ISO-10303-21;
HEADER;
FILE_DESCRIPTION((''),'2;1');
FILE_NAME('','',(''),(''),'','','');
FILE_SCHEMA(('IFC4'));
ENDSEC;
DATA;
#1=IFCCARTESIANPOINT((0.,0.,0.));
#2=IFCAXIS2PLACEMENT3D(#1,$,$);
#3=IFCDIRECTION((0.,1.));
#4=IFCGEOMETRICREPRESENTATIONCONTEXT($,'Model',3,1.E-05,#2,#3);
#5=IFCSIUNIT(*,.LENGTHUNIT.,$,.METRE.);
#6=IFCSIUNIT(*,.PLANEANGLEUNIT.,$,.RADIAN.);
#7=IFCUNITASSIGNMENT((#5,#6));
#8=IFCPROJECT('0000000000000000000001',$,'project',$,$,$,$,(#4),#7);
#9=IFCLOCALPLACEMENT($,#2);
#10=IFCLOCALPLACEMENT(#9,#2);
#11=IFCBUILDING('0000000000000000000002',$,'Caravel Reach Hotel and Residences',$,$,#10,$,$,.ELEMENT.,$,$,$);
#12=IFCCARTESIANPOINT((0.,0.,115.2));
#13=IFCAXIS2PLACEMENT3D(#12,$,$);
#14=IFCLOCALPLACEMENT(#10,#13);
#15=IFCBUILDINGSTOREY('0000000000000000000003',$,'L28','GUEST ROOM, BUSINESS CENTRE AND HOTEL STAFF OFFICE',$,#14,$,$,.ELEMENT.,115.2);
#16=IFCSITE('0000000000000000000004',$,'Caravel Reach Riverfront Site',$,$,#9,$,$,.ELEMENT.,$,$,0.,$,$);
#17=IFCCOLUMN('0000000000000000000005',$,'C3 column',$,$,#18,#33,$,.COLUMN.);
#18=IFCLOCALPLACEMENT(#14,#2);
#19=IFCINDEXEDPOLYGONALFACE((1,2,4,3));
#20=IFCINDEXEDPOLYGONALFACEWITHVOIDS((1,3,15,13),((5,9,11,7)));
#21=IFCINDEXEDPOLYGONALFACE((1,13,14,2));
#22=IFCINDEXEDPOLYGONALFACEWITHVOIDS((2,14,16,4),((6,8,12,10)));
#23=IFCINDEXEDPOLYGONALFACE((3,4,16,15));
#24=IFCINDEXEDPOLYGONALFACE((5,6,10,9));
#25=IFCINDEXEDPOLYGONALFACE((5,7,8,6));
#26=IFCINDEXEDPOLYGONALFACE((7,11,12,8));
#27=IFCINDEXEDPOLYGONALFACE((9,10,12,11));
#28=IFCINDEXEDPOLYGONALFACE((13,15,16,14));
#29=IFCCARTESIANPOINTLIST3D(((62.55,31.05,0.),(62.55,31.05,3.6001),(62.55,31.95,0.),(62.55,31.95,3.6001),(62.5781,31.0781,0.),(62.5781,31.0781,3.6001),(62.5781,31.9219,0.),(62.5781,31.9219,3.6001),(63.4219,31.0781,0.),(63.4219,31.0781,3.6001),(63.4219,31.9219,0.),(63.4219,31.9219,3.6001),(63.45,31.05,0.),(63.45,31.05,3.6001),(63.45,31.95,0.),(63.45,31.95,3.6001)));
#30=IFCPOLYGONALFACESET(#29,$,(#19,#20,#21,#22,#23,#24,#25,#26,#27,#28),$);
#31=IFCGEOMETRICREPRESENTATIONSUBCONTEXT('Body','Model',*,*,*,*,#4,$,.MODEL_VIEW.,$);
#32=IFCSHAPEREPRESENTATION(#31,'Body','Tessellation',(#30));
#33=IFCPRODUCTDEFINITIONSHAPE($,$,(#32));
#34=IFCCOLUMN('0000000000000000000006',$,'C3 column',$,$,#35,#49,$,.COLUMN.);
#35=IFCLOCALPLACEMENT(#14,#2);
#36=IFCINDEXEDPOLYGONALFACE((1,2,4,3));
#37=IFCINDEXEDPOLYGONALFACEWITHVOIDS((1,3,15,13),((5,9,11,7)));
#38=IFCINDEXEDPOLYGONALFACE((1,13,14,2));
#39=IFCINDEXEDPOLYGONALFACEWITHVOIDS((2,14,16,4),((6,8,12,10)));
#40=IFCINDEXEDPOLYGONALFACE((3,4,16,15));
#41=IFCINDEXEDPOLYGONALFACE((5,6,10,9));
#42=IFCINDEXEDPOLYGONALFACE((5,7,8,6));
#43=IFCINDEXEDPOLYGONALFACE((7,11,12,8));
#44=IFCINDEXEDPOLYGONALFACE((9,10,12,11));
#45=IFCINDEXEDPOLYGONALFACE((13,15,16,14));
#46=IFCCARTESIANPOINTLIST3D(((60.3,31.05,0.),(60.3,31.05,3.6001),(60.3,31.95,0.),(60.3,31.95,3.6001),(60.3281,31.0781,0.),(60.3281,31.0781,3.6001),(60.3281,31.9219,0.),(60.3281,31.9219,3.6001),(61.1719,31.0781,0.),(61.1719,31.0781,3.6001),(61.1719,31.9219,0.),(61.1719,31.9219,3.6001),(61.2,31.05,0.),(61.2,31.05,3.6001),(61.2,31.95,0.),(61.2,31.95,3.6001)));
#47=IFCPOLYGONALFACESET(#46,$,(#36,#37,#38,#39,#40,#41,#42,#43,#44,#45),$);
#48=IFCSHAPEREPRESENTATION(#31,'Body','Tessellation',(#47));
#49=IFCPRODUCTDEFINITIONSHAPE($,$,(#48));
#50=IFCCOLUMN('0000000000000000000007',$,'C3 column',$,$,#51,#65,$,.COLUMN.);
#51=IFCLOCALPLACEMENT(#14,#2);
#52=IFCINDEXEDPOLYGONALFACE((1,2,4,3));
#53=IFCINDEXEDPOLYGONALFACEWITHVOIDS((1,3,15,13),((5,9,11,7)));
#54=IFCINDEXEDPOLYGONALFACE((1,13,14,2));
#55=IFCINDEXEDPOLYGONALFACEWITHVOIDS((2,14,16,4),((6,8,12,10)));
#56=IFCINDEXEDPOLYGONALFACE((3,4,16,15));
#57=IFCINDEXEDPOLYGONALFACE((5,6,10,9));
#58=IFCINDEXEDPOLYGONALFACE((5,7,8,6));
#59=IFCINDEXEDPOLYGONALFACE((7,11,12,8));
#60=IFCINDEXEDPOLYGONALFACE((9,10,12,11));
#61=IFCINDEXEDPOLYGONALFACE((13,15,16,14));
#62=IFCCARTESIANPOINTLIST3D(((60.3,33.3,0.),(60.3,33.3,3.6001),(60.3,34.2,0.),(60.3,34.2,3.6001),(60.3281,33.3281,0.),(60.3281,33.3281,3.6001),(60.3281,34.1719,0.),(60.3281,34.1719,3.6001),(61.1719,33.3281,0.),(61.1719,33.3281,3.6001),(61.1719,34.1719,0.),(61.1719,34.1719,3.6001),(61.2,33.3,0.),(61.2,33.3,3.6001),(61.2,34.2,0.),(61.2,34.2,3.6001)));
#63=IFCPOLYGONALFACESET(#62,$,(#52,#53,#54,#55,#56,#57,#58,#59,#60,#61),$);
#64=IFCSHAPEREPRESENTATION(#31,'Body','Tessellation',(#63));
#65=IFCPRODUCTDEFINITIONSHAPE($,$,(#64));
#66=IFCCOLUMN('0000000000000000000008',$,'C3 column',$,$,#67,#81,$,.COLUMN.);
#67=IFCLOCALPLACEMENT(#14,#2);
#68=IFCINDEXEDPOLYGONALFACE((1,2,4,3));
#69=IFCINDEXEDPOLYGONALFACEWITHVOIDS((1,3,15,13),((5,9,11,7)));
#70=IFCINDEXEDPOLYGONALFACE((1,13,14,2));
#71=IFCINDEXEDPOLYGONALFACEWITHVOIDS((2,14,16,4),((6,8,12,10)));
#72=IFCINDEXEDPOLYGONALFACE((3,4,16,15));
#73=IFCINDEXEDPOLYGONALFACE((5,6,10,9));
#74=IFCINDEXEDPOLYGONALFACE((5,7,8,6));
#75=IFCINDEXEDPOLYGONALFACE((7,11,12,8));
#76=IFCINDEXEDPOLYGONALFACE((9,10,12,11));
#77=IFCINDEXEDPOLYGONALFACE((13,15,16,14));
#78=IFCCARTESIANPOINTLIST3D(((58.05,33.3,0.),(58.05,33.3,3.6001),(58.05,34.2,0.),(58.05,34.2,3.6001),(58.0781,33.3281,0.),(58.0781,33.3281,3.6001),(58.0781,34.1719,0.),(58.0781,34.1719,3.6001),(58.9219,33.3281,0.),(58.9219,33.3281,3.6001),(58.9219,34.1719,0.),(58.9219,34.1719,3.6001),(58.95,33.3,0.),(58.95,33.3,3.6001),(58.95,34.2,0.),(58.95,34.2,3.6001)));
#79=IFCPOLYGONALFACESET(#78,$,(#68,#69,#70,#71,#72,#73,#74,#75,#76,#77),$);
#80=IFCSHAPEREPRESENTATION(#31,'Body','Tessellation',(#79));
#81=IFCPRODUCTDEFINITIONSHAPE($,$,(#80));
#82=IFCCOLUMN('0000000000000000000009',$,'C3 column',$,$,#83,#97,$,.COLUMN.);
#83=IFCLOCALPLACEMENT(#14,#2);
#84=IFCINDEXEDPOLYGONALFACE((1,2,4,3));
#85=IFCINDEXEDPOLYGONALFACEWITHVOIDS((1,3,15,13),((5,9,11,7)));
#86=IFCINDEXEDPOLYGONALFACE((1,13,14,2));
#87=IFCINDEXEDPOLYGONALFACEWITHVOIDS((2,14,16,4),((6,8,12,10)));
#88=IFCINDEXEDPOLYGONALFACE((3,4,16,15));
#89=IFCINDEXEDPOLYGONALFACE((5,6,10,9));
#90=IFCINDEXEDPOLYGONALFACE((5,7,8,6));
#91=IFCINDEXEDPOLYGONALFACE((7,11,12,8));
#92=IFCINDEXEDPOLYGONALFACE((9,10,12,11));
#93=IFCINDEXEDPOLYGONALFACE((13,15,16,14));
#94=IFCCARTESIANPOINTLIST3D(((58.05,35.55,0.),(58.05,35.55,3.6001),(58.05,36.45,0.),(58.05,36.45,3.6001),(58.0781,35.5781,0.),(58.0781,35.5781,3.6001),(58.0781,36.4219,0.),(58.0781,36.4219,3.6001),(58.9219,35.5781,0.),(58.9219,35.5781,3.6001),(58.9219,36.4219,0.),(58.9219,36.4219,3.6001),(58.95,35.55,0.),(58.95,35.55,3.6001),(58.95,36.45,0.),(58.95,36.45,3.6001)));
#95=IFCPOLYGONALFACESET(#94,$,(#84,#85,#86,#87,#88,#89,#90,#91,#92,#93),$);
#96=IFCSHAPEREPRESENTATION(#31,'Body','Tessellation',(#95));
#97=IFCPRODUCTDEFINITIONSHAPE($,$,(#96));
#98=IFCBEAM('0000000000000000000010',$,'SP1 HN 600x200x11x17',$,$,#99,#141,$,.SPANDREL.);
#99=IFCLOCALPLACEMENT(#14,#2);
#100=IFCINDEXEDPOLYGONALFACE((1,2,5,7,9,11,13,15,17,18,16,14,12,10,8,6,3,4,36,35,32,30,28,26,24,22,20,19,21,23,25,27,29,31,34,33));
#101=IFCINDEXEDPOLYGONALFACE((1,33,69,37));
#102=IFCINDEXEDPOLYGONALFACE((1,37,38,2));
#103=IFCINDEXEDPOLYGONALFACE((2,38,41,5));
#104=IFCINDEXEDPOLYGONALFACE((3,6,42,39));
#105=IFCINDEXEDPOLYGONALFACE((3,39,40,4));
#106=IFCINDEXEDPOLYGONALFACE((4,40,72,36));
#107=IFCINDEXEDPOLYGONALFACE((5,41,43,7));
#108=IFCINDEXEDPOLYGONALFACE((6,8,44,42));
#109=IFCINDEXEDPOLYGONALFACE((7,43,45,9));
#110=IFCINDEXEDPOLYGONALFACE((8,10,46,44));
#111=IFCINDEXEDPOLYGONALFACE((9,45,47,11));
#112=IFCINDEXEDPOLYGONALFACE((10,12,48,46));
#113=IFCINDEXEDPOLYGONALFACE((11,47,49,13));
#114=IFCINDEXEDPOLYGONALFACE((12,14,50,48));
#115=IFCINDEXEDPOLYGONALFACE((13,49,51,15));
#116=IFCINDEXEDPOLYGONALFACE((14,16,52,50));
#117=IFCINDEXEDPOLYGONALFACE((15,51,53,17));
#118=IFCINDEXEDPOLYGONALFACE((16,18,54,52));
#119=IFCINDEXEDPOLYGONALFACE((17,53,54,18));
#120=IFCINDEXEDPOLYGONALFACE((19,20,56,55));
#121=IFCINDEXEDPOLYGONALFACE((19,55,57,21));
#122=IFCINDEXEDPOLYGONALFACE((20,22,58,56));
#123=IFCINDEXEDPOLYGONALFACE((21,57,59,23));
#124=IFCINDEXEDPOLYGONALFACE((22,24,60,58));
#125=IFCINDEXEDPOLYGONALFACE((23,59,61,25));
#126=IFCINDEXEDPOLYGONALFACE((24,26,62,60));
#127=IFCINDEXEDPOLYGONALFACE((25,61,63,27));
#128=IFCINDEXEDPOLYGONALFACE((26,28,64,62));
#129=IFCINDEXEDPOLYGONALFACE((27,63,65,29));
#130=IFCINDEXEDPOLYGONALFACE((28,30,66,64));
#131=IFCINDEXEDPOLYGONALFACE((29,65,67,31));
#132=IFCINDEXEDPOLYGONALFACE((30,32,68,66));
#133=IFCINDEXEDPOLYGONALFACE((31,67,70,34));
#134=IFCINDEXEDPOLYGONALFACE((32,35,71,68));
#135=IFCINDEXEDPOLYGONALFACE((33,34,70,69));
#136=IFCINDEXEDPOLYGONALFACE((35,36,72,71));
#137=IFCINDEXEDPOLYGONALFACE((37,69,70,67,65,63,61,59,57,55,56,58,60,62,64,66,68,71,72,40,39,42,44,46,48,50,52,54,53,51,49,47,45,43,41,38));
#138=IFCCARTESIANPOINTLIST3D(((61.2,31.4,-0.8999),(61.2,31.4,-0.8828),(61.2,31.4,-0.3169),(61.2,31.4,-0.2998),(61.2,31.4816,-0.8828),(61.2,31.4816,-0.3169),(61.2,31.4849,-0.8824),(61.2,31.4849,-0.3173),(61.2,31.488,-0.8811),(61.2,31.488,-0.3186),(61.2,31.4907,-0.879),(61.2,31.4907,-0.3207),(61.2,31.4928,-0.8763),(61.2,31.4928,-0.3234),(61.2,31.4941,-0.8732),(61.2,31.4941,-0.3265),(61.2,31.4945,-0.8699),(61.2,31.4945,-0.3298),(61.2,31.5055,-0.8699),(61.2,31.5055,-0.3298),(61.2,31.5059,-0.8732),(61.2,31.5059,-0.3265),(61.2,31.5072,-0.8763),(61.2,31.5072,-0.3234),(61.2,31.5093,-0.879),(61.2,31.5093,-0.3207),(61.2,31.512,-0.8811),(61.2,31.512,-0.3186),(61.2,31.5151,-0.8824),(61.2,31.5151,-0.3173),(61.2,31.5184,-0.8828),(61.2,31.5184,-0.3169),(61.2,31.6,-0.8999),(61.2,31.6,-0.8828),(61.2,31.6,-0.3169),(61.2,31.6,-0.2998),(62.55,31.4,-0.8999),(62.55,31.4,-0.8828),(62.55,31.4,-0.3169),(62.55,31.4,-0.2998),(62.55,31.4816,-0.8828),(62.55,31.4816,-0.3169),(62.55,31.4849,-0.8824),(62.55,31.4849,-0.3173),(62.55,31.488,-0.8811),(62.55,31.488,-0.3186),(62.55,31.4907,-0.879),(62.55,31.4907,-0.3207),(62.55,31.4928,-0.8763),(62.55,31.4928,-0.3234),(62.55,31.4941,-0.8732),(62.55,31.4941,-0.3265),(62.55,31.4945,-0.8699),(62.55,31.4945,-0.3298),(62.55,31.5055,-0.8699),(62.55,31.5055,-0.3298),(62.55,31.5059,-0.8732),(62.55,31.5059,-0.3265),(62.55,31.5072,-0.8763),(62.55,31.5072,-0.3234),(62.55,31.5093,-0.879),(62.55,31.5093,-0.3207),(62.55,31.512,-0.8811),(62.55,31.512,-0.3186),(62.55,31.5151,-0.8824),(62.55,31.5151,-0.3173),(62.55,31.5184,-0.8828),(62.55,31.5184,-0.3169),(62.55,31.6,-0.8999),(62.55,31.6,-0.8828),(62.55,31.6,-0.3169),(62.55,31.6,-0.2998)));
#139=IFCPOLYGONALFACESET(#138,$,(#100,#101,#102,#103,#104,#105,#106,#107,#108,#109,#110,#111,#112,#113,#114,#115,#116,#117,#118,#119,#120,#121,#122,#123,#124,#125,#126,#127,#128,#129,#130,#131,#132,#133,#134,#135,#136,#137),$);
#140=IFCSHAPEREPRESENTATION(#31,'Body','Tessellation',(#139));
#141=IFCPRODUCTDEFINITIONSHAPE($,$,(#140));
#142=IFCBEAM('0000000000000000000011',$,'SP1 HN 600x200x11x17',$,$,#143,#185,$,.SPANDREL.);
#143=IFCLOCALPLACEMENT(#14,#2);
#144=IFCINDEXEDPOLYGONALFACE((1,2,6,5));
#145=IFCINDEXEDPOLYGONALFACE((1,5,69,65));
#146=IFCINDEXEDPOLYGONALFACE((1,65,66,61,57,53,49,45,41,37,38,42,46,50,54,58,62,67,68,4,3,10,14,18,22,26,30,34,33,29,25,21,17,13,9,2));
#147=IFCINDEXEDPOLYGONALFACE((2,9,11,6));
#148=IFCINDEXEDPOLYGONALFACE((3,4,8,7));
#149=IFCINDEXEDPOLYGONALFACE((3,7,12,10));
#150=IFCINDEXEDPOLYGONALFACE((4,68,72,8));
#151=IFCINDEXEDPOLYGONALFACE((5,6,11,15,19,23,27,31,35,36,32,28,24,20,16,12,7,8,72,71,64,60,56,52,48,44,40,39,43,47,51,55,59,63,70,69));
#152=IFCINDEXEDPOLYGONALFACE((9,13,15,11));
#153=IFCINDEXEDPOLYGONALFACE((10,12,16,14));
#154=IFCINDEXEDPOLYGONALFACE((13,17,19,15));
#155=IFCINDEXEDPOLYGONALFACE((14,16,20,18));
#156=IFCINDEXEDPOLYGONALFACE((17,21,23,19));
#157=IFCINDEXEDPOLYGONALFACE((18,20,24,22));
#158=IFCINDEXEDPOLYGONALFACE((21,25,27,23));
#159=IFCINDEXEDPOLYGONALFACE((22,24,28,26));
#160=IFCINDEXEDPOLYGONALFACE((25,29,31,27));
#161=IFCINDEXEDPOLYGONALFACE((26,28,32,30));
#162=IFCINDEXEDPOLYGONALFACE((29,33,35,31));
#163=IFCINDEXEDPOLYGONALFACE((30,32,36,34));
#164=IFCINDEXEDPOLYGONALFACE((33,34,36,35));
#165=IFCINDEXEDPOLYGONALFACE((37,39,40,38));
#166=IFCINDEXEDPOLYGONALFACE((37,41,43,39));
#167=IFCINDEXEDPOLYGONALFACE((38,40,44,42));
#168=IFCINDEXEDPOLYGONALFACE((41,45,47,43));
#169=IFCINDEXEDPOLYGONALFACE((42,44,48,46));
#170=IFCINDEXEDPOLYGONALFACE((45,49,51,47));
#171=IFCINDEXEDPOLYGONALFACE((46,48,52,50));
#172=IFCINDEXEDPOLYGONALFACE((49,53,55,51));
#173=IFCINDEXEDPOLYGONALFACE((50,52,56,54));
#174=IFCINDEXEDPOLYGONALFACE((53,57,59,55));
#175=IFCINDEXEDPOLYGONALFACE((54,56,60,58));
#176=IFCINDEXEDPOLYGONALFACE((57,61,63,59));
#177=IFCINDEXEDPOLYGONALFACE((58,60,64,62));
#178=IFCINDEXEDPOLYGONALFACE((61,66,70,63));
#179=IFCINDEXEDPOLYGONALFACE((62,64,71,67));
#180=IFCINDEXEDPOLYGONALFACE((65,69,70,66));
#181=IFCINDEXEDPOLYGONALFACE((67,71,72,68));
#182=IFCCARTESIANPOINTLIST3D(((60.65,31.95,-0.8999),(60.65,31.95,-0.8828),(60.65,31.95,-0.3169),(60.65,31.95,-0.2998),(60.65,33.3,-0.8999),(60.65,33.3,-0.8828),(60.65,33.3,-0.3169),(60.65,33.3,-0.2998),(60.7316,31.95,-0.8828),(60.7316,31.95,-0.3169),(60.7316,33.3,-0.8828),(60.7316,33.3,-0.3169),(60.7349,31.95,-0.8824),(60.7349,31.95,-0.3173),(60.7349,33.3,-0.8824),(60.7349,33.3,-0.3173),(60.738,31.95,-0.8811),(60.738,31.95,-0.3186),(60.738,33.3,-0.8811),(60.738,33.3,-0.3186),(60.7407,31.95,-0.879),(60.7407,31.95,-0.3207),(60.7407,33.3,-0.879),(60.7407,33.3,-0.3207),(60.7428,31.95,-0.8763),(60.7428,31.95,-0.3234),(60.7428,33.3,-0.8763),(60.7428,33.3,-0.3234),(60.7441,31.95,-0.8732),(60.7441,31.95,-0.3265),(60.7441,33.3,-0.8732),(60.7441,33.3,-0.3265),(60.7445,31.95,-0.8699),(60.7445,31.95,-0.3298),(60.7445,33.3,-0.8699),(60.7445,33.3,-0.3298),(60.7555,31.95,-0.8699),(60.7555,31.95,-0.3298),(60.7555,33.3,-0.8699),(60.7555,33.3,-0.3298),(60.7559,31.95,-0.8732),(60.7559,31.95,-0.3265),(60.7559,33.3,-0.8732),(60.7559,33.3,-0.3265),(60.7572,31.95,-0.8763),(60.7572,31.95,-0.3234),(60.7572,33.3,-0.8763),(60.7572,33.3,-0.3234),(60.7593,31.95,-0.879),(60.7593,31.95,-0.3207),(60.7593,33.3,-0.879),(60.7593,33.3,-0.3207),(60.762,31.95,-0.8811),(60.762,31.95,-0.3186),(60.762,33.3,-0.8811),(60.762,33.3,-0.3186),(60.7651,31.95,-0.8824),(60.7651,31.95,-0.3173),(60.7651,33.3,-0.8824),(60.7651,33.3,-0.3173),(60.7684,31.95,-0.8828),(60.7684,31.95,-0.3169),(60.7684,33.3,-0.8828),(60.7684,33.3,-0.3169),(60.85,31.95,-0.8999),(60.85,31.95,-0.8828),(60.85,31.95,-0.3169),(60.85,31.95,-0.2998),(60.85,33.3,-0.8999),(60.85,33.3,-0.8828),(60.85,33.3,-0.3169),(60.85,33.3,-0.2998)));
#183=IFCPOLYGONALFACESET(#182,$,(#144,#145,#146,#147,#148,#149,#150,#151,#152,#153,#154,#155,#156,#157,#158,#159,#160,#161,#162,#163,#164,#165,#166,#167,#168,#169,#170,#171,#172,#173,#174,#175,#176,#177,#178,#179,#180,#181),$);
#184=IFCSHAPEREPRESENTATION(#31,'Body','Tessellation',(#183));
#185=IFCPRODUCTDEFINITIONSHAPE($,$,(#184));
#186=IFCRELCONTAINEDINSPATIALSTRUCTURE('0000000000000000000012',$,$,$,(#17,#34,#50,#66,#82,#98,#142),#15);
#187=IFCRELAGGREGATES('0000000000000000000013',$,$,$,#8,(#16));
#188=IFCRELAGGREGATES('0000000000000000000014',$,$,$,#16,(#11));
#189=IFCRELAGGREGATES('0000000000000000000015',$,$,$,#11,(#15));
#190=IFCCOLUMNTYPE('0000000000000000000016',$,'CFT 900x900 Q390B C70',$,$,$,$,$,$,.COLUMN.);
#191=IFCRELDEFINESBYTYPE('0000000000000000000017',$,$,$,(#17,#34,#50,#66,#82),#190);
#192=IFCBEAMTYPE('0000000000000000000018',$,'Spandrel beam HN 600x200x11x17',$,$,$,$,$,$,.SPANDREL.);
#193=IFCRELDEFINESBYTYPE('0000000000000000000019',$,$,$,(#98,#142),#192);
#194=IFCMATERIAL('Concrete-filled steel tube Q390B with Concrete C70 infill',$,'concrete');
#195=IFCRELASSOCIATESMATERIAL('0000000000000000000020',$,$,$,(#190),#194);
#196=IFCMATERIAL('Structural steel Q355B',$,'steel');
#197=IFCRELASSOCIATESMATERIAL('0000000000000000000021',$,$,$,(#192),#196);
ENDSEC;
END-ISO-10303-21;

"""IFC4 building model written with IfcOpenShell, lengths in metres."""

from ifc_helpers import new_model, si_unit, direction, frame, origin, origin_2d, place, context, subcontext, project, spatial, hollow_rectangle, i_section, extrude, material, material_profile, profile_set, type_object, element, save


model = new_model("IFC4")

# Units and contexts
model_context = context("Model", 3, precision=1e-05, world=origin(), true_north=direction((0.0, 1.0)))
body_context = subcontext(model_context, "Body", "Model", "MODEL_VIEW")
ifc_project = project(units=[si_unit("LENGTHUNIT", "METRE"), si_unit("PLANEANGLEUNIT", "RADIAN")], contexts=[model_context])

# Site, building, storey
site_placement = place(None, origin())
site = spatial("IfcSite", under=ifc_project, at=site_placement, Name="Caravel Reach Riverfront Site", CompositionType="ELEMENT", RefElevation=0.0)
building_placement = place(site_placement, origin())
building = spatial("IfcBuilding", under=site, at=building_placement, Name="Caravel Reach Hotel and Residences", CompositionType="ELEMENT")
storey_placement = place(building_placement, frame((0.0, 0.0, 115.2)))
storey = spatial("IfcBuildingStorey", under=building, at=storey_placement, Name="L28", Description="GUEST ROOM, BUSINESS CENTRE AND HOTEL STAFF OFFICE", CompositionType="ELEMENT", Elevation=115.2)

# Columns
ifc_material_1 = material(Name="Concrete-filled steel tube Q390B with Concrete C70 infill", Category="concrete")
ifc_material_profile_1 = material_profile(ifc_material_1, hollow_rectangle(XDim=0.8999, YDim=0.8999, WallThickness=0.0281, at=origin_2d()), Name="RHS 900x900x28")
ifc_profile_set_1 = profile_set([ifc_material_profile_1], Name="Concrete-filled steel tube Q390B with Concrete C70 infill")
column_type = type_object("IfcColumnType", Name="CFT 900x900 Q390B C70", PredefinedType="COLUMN", material=ifc_profile_set_1)
for number, where, z_axis, x_axis, name in (
    (1, (63.0, 31.5, 0.0), (0.0, 0.0, 1.0), (1.0, 0.0, 0.0), "C3 column"),
    (2, (60.75, 31.5, 0.0), (0.0, 0.0, 1.0), (1.0, 0.0, 0.0), "C3 column"),
    (3, (60.75, 33.75, 0.0), (0.0, 0.0, 1.0), (1.0, 0.0, 0.0), "C3 column"),
    (4, (58.5, 33.75, 0.0), (0.0, 0.0, 1.0), (1.0, 0.0, 0.0), "C3 column"),
    (5, (58.5, 36.0, 0.0), (0.0, 0.0, 1.0), (1.0, 0.0, 0.0), "C3 column"),
):
    element("IfcColumn", number, at=place(storey_placement, frame(where, z_axis=z_axis, x_axis=x_axis)), inside=storey, type_object=column_type, Name=name, PredefinedType="COLUMN", context=body_context, shape_type="SweptSolid", body=[
        extrude(hollow_rectangle(XDim=0.8999, YDim=0.8999, WallThickness=0.0281, at=origin_2d()), origin(), (0.0, 0.0, 1.0), 3.6001),
    ])

# Beams
ifc_material_2 = material(Name="Structural steel Q355B", Category="steel")
ifc_material_profile_2 = material_profile(ifc_material_2, i_section(OverallWidth=0.2, OverallDepth=0.6001, WebThickness=0.011, FlangeThickness=0.0171, FilletRadius=0.0129, at=origin_2d()), Name="HN 600x200x11x17")
ifc_profile_set_2 = profile_set([ifc_material_profile_2], Name="Structural steel Q355B")
beam_type = type_object("IfcBeamType", Name="Spandrel beam HN 600x200x11x17", PredefinedType="SPANDREL", material=ifc_profile_set_2)
for number, where, z_axis, x_axis, name in (
    (6, (62.55, 31.5, -0.5999), (-1.0, 0.0, 0.0), (0.0, -1.0, 0.0), "SP1 HN 600x200x11x17"),
    (7, (60.75, 31.95, -0.5999), (0.0, 1.0, 0.0), (-1.0, 0.0, 0.0), "SP1 HN 600x200x11x17"),
):
    element("IfcBeam", number, at=place(storey_placement, frame(where, z_axis=z_axis, x_axis=x_axis)), inside=storey, type_object=beam_type, Name=name, PredefinedType="SPANDREL", context=body_context, shape_type="SweptSolid", body=[
        extrude(i_section(OverallWidth=0.2, OverallDepth=0.6001, WebThickness=0.011, FlangeThickness=0.0171, FilletRadius=0.0129, at=origin_2d()), origin(), (0.0, 0.0, 1.0), 1.3501),
    ])

save(model, "model.ifc")
